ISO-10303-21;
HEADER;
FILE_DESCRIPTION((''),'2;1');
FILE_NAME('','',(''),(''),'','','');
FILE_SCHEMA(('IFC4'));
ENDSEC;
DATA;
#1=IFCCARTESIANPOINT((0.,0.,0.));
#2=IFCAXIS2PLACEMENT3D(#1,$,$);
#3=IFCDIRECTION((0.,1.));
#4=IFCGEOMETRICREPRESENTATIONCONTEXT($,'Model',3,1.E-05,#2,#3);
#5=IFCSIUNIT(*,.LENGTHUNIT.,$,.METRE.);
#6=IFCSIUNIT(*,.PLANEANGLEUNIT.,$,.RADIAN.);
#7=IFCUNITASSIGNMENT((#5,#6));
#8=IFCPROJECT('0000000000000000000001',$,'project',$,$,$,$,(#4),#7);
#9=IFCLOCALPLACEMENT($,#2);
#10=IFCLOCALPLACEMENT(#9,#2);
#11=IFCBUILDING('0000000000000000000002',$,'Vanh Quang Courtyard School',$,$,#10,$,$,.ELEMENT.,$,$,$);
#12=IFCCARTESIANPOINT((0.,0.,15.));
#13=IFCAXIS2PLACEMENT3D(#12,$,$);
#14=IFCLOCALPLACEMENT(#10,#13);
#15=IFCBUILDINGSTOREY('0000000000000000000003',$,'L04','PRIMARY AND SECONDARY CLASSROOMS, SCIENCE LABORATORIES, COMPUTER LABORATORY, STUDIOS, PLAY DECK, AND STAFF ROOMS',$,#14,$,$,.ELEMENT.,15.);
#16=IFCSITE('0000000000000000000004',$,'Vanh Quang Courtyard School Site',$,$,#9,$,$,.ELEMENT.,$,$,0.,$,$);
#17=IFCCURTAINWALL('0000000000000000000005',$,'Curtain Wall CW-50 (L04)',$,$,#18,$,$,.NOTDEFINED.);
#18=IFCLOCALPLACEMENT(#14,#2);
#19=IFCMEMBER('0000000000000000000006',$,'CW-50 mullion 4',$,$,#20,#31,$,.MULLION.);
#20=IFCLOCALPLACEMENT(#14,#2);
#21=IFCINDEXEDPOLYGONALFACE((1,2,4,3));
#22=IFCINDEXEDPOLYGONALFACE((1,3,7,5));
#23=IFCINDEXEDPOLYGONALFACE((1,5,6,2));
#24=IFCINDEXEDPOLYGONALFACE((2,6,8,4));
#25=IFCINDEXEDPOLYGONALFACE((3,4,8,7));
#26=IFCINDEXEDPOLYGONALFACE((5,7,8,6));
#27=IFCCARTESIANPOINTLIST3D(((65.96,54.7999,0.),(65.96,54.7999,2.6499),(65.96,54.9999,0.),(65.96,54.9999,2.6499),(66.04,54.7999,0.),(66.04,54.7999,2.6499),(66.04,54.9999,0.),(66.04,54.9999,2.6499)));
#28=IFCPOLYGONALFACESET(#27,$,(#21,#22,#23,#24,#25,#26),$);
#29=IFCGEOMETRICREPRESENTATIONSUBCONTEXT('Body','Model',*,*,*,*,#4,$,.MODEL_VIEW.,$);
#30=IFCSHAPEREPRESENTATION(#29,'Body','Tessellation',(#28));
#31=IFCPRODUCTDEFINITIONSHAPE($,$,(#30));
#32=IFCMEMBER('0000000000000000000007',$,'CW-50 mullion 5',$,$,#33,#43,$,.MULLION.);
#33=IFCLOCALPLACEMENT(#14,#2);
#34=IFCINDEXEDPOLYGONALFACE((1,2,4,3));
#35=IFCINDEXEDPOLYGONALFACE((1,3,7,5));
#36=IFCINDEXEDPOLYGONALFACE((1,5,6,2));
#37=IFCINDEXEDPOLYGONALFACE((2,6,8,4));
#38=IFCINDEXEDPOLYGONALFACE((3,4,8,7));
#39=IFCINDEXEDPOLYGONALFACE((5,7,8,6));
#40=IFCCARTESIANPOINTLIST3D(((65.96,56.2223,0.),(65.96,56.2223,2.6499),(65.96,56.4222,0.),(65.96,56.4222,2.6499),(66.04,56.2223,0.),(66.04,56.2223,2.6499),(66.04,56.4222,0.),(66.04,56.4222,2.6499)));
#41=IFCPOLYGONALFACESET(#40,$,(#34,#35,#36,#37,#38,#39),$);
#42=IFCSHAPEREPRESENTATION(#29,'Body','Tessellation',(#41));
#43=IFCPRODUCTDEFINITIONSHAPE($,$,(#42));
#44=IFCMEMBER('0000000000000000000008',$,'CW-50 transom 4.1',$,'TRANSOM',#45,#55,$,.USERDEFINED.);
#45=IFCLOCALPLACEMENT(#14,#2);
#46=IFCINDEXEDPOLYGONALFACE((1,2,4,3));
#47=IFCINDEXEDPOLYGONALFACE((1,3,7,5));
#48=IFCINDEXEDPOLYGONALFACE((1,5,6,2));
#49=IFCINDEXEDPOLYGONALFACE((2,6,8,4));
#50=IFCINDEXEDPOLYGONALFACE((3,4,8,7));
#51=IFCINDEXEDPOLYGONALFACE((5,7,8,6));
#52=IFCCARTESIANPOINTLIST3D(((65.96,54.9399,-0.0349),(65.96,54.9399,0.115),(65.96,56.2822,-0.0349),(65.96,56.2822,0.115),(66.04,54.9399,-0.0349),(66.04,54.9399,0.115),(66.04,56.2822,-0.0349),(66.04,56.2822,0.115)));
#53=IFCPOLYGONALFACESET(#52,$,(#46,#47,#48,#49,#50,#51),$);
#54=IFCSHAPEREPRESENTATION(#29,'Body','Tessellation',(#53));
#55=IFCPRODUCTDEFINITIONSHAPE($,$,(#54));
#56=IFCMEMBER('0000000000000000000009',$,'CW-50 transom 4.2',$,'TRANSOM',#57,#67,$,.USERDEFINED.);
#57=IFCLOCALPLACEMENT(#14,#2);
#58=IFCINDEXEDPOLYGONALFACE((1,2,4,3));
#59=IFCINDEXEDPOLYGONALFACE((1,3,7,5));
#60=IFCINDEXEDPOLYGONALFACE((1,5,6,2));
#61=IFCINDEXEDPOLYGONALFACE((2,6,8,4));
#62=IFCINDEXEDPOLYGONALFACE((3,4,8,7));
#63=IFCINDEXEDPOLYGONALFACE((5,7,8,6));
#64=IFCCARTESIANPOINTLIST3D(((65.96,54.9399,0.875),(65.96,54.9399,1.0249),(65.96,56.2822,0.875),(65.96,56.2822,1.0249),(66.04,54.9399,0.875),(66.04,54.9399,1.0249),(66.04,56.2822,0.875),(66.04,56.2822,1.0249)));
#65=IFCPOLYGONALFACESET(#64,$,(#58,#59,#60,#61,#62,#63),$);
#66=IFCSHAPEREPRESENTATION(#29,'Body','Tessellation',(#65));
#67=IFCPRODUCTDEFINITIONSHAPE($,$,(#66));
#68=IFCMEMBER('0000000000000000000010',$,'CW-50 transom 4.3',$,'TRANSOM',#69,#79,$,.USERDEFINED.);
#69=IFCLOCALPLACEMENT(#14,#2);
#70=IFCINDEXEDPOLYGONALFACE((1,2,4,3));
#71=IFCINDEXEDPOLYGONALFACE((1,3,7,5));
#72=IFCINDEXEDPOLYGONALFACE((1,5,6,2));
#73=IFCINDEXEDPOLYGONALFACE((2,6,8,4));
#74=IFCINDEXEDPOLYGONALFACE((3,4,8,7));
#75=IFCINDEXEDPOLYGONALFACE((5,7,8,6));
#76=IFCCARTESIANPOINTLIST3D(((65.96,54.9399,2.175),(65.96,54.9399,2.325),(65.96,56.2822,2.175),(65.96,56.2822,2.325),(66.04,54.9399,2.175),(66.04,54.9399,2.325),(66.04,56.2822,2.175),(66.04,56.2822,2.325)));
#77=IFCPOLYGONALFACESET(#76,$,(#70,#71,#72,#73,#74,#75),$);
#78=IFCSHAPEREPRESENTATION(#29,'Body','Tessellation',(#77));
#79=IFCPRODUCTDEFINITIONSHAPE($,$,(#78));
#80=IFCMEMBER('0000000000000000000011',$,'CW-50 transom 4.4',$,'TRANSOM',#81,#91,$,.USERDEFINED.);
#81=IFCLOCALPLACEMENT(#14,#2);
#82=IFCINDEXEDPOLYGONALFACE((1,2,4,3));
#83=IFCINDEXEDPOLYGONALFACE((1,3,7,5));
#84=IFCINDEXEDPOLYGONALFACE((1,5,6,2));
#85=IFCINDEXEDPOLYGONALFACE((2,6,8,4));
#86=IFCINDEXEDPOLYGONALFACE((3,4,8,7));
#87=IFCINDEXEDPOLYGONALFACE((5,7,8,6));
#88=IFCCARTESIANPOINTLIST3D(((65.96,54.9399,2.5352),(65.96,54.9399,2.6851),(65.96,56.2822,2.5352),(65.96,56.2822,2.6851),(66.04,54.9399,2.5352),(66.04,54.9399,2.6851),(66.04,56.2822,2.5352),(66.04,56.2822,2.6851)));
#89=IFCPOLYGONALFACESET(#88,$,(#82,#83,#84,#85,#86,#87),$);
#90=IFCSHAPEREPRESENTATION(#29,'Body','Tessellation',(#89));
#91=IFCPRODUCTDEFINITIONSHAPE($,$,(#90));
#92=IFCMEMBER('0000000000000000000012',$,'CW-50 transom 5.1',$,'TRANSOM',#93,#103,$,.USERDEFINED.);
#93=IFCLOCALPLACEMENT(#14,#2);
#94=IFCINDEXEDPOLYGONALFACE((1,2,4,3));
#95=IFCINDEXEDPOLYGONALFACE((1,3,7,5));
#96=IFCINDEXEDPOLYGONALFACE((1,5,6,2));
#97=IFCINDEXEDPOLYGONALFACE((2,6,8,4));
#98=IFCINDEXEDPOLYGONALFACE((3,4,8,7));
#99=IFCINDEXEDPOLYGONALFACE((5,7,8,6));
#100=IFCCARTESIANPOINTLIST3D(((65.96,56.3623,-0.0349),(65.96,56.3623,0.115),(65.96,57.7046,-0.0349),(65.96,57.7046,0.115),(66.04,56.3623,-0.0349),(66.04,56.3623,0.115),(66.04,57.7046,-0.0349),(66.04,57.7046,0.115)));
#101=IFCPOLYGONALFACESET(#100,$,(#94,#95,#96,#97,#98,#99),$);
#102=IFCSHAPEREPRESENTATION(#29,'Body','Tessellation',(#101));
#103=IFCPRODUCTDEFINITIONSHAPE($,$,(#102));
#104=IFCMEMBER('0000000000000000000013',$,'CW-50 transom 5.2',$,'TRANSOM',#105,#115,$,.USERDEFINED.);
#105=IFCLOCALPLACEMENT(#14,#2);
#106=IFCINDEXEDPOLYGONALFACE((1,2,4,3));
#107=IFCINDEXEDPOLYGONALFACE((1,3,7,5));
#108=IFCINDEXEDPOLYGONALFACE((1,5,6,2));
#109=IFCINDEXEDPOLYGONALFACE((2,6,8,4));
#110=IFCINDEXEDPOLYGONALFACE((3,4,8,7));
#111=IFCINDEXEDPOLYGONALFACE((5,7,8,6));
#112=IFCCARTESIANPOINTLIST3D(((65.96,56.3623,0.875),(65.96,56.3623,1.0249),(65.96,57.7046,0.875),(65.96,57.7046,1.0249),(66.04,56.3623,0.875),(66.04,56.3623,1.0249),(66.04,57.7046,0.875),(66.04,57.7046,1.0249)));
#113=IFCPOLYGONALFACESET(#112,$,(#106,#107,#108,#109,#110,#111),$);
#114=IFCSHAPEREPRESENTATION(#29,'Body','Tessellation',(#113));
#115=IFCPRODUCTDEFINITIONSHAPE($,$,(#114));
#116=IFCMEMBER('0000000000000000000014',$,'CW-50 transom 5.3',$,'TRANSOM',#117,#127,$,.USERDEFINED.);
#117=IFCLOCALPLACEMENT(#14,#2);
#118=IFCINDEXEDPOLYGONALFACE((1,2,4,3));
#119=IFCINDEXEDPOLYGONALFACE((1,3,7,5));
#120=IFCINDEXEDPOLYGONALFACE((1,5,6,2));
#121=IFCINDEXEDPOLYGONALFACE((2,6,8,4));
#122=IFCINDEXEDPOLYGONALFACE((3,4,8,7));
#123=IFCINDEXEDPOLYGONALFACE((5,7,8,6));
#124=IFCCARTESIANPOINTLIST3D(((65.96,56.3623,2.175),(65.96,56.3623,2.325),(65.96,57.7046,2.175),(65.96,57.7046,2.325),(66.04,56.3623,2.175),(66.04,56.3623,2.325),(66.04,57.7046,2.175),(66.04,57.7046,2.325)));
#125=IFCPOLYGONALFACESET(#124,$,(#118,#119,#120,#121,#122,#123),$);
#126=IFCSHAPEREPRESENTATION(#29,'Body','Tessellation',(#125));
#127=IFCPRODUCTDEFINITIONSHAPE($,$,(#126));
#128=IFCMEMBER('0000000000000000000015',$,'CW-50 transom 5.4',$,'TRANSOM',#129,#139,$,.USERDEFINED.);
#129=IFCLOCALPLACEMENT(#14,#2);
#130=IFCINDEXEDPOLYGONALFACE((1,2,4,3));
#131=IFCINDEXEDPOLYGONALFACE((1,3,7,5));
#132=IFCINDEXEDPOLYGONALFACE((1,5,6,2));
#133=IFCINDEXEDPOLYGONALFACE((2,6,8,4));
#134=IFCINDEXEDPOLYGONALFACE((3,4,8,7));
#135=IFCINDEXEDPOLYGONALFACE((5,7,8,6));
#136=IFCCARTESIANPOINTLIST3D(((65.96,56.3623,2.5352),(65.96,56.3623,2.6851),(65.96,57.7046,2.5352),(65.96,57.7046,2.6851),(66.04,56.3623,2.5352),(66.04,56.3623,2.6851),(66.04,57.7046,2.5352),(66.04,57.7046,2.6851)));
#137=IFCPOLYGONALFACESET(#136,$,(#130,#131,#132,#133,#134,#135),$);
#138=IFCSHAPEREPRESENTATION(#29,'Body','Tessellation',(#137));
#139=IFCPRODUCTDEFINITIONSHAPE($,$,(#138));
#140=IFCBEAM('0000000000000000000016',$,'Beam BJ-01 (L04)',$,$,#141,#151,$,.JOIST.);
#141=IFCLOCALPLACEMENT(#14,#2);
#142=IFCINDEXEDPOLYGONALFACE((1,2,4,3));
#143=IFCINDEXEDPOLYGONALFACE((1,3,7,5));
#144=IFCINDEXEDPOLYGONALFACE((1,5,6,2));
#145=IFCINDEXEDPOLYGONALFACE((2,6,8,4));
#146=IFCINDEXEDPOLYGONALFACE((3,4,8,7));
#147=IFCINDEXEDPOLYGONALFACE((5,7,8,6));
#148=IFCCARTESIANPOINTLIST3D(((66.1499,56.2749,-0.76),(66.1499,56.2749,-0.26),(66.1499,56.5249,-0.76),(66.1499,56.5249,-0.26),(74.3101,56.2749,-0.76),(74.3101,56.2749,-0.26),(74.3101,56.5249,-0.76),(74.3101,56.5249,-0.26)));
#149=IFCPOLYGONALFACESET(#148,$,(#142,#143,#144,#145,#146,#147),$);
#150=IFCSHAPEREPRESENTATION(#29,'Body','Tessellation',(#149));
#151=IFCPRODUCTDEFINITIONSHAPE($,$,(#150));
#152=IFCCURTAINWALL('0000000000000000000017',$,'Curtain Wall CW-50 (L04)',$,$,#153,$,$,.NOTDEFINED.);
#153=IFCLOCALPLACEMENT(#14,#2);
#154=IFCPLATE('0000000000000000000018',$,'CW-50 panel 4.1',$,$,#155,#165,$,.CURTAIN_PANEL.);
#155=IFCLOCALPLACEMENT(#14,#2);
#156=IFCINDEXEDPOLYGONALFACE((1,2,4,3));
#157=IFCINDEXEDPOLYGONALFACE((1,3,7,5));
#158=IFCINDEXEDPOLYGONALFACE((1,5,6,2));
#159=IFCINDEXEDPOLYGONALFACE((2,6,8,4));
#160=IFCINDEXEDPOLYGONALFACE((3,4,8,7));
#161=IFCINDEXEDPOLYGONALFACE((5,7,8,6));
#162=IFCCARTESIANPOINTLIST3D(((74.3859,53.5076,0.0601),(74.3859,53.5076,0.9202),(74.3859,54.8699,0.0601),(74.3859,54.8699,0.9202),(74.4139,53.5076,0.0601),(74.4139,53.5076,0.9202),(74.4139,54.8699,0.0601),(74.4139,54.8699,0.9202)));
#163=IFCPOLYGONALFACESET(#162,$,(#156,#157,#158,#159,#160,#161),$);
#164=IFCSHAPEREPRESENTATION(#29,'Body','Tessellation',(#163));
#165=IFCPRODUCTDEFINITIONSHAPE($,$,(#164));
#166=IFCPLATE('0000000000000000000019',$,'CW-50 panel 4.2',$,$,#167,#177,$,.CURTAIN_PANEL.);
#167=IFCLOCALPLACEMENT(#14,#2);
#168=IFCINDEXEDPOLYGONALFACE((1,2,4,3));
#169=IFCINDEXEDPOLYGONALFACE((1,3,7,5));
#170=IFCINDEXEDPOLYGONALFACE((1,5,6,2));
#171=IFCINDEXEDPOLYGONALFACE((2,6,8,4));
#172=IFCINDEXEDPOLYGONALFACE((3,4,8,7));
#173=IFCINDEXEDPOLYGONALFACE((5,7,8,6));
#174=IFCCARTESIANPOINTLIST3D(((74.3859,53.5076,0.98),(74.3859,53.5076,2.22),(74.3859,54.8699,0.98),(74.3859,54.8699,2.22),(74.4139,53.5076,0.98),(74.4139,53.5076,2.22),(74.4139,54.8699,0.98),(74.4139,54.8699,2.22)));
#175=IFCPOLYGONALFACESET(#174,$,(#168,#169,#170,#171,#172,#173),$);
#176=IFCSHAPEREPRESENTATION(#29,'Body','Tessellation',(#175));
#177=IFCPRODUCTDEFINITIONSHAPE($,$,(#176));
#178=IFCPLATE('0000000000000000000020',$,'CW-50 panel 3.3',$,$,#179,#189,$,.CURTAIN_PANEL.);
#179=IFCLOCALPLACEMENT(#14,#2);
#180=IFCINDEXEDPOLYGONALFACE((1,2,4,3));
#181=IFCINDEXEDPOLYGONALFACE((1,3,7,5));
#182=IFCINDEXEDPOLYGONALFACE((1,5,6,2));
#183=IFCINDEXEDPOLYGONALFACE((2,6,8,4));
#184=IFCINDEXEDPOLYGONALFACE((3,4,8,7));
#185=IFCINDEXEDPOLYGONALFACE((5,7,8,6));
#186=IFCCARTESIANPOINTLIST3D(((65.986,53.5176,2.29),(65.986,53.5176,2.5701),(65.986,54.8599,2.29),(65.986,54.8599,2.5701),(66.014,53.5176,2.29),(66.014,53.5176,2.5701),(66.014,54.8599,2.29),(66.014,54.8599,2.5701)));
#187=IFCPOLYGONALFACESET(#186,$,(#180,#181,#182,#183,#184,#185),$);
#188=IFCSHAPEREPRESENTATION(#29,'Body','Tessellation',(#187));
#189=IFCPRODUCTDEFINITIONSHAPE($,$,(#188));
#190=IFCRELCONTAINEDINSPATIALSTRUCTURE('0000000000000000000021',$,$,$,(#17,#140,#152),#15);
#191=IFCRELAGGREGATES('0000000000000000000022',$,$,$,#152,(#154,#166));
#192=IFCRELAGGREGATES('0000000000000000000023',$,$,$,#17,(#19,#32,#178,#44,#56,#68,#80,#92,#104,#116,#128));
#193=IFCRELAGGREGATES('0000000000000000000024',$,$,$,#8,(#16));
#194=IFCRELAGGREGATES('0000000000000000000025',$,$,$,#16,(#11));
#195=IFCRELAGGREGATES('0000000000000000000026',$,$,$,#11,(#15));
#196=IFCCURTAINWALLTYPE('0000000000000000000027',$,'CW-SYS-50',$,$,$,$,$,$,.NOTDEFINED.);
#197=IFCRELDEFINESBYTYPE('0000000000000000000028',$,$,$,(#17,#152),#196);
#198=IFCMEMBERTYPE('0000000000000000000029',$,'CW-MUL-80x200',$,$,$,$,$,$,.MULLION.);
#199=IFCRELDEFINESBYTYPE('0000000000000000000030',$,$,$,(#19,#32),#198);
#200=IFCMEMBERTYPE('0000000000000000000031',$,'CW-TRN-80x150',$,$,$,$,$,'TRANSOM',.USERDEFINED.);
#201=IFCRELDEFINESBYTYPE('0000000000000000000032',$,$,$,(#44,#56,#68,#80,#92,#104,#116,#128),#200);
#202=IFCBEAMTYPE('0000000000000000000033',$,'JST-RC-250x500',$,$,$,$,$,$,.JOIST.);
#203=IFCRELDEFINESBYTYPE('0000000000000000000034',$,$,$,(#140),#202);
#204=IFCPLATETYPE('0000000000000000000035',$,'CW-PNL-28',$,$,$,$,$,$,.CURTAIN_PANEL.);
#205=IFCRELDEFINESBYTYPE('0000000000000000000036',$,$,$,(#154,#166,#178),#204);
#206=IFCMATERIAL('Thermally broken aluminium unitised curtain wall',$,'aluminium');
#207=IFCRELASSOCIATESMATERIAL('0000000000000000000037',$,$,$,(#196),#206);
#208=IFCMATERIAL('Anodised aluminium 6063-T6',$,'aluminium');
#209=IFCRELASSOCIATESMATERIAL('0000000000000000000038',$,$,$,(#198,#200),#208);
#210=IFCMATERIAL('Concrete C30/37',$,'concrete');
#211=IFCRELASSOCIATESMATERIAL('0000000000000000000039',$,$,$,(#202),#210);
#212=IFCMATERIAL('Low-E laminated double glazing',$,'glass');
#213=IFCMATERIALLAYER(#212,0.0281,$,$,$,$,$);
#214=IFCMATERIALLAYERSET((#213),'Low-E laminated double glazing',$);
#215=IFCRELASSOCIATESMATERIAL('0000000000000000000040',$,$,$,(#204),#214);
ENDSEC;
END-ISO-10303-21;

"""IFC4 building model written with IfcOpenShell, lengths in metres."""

from ifc_helpers import new_model, si_unit, direction, frame, origin, origin_2d, place, context, subcontext, project, spatial, rectangle, extrude, material, layer, layer_set, material_profile, profile_set, type_object, element, aggregate, save


model = new_model("IFC4")

# Units and contexts
model_context = context("Model", 3, precision=1e-05, world=origin(), true_north=direction((0.0, 1.0)))
body_context = subcontext(model_context, "Body", "Model", "MODEL_VIEW")
ifc_project = project(units=[si_unit("LENGTHUNIT", "METRE"), si_unit("PLANEANGLEUNIT", "RADIAN")], contexts=[model_context])

# Site, building, storey
site_placement = place(None, origin())
site = spatial("IfcSite", under=ifc_project, at=site_placement, Name="Vanh Quang Courtyard School Site", CompositionType="ELEMENT", RefElevation=0.0)
building_placement = place(site_placement, origin())
building = spatial("IfcBuilding", under=site, at=building_placement, Name="Vanh Quang Courtyard School", CompositionType="ELEMENT")
storey_placement = place(building_placement, frame((0.0, 0.0, 15.0)))
storey = spatial("IfcBuildingStorey", under=building, at=storey_placement, Name="L04", Description="PRIMARY AND SECONDARY CLASSROOMS, SCIENCE LABORATORIES, COMPUTER LABORATORY, STUDIOS, PLAY DECK, AND STAFF ROOMS", CompositionType="ELEMENT", Elevation=15.0)

# Curtain wall, members
ifc_material_1 = material(Name="Thermally broken aluminium unitised curtain wall", Category="aluminium")
curtain_wall_type = type_object("IfcCurtainWallType", Name="CW-SYS-50", PredefinedType="NOTDEFINED", material=ifc_material_1)
curtain_wall_1_placement = place(storey_placement, origin())
curtain_wall_1 = element("IfcCurtainWall", 1, at=curtain_wall_1_placement, inside=storey, type_object=curtain_wall_type, Name="Curtain Wall CW-50 (L04)", PredefinedType="NOTDEFINED")
ifc_material_2 = material(Name="Anodised aluminium 6063-T6", Category="aluminium")
ifc_material_profile_1 = material_profile(ifc_material_2, rectangle(XDim=0.0801, YDim=0.2, at=origin_2d()), Name="ALU-MUL 80x200")
ifc_profile_set_1 = profile_set([ifc_material_profile_1], Name="Anodised aluminium 6063-T6")
member_type_1 = type_object("IfcMemberType", Name="CW-MUL-80x200", PredefinedType="MULLION", material=ifc_profile_set_1)
member_1_placement = place(storey_placement, frame((66.0, 54.8999, 0.0), z_axis=(0.0, 0.0, 1.0), x_axis=(-1.0, 0.0, 0.0)))
member_1 = element("IfcMember", 2, at=member_1_placement, type_object=member_type_1, Name="CW-50 mullion 4", PredefinedType="MULLION", context=body_context, shape_type="SweptSolid", body=[
    extrude(rectangle(XDim=0.0801, YDim=0.2, at=origin_2d()), origin(), (0.0, 0.0, 1.0), 2.6499),
])
member_2_placement = place(storey_placement, frame((66.0, 56.3223, 0.0), z_axis=(0.0, 0.0, 1.0), x_axis=(-1.0, 0.0, 0.0)))
member_2 = element("IfcMember", 3, at=member_2_placement, type_object=member_type_1, Name="CW-50 mullion 5", PredefinedType="MULLION", context=body_context, shape_type="SweptSolid", body=[
    extrude(rectangle(XDim=0.0801, YDim=0.2, at=origin_2d()), origin(), (0.0, 0.0, 1.0), 2.6499),
])
ifc_material_profile_2 = material_profile(ifc_material_2, rectangle(XDim=0.0801, YDim=0.1499, at=origin_2d()), Name="ALU-TRN 80x150")
ifc_profile_set_2 = profile_set([ifc_material_profile_2], Name="Anodised aluminium 6063-T6")
member_type_2 = type_object("IfcMemberType", Name="CW-TRN-80x150", ElementType="TRANSOM", PredefinedType="USERDEFINED", material=ifc_profile_set_2)
member_3_placement = place(storey_placement, frame((66.0, 54.9399, 0.04), z_axis=(0.0, 1.0, 0.0), x_axis=(-1.0, 0.0, 0.0)))
member_3 = element("IfcMember", 4, at=member_3_placement, type_object=member_type_2, Name="CW-50 transom 4.1", ObjectType="TRANSOM", PredefinedType="USERDEFINED", context=body_context, shape_type="SweptSolid", body=[
    extrude(rectangle(XDim=0.0801, YDim=0.1499, at=origin_2d()), origin(), (0.0, 0.0, 1.0), 1.3423),
])
member_4_placement = place(storey_placement, frame((66.0, 54.9399, 0.95), z_axis=(0.0, 1.0, 0.0), x_axis=(-1.0, 0.0, 0.0)))
member_4 = element("IfcMember", 5, at=member_4_placement, type_object=member_type_2, Name="CW-50 transom 4.2", ObjectType="TRANSOM", PredefinedType="USERDEFINED", context=body_context, shape_type="SweptSolid", body=[
    extrude(rectangle(XDim=0.0801, YDim=0.1499, at=origin_2d()), origin(), (0.0, 0.0, 1.0), 1.3423),
])
member_5_placement = place(storey_placement, frame((66.0, 54.9399, 2.25), z_axis=(0.0, 1.0, 0.0), x_axis=(-1.0, 0.0, 0.0)))
member_5 = element("IfcMember", 6, at=member_5_placement, type_object=member_type_2, Name="CW-50 transom 4.3", ObjectType="TRANSOM", PredefinedType="USERDEFINED", context=body_context, shape_type="SweptSolid", body=[
    extrude(rectangle(XDim=0.0801, YDim=0.1499, at=origin_2d()), origin(), (0.0, 0.0, 1.0), 1.3423),
])
member_6_placement = place(storey_placement, frame((66.0, 54.9399, 2.6101), z_axis=(0.0, 1.0, 0.0), x_axis=(-1.0, 0.0, 0.0)))
member_6 = element("IfcMember", 7, at=member_6_placement, type_object=member_type_2, Name="CW-50 transom 4.4", ObjectType="TRANSOM", PredefinedType="USERDEFINED", context=body_context, shape_type="SweptSolid", body=[
    extrude(rectangle(XDim=0.0801, YDim=0.1499, at=origin_2d()), origin(), (0.0, 0.0, 1.0), 1.3423),
])
member_7_placement = place(storey_placement, frame((66.0, 56.3623, 0.04), z_axis=(0.0, 1.0, 0.0), x_axis=(-1.0, 0.0, 0.0)))
member_7 = element("IfcMember", 8, at=member_7_placement, type_object=member_type_2, Name="CW-50 transom 5.1", ObjectType="TRANSOM", PredefinedType="USERDEFINED", context=body_context, shape_type="SweptSolid", body=[
    extrude(rectangle(XDim=0.0801, YDim=0.1499, at=origin_2d()), origin(), (0.0, 0.0, 1.0), 1.3423),
])
member_8_placement = place(storey_placement, frame((66.0, 56.3623, 0.95), z_axis=(0.0, 1.0, 0.0), x_axis=(-1.0, 0.0, 0.0)))
member_8 = element("IfcMember", 9, at=member_8_placement, type_object=member_type_2, Name="CW-50 transom 5.2", ObjectType="TRANSOM", PredefinedType="USERDEFINED", context=body_context, shape_type="SweptSolid", body=[
    extrude(rectangle(XDim=0.0801, YDim=0.1499, at=origin_2d()), origin(), (0.0, 0.0, 1.0), 1.3423),
])
member_9_placement = place(storey_placement, frame((66.0, 56.3623, 2.25), z_axis=(0.0, 1.0, 0.0), x_axis=(-1.0, 0.0, 0.0)))
member_9 = element("IfcMember", 10, at=member_9_placement, type_object=member_type_2, Name="CW-50 transom 5.3", ObjectType="TRANSOM", PredefinedType="USERDEFINED", context=body_context, shape_type="SweptSolid", body=[
    extrude(rectangle(XDim=0.0801, YDim=0.1499, at=origin_2d()), origin(), (0.0, 0.0, 1.0), 1.3423),
])
member_10_placement = place(storey_placement, frame((66.0, 56.3623, 2.6101), z_axis=(0.0, 1.0, 0.0), x_axis=(-1.0, 0.0, 0.0)))
member_10 = element("IfcMember", 11, at=member_10_placement, type_object=member_type_2, Name="CW-50 transom 5.4", ObjectType="TRANSOM", PredefinedType="USERDEFINED", context=body_context, shape_type="SweptSolid", body=[
    extrude(rectangle(XDim=0.0801, YDim=0.1499, at=origin_2d()), origin(), (0.0, 0.0, 1.0), 1.3423),
])

# Beam
ifc_material_3 = material(Name="Concrete C30/37", Category="concrete")
ifc_material_profile_3 = material_profile(ifc_material_3, rectangle(XDim=0.25, YDim=0.5, at=origin_2d()), Name="RC-JST 250x500")
ifc_profile_set_3 = profile_set([ifc_material_profile_3], Name="Concrete C30/37")
beam_type = type_object("IfcBeamType", Name="JST-RC-250x500", PredefinedType="JOIST", material=ifc_profile_set_3)
beam_placement = place(storey_placement, frame((66.1499, 56.3999, -0.51), z_axis=(1.0, 0.0, 0.0), x_axis=(0.0, 1.0, 0.0)))
element("IfcBeam", 12, at=beam_placement, inside=storey, type_object=beam_type, Name="Beam BJ-01 (L04)", PredefinedType="JOIST", context=body_context, shape_type="SweptSolid", body=[
    extrude(rectangle(XDim=0.25, YDim=0.5, at=origin_2d()), origin(), (0.0, 0.0, 1.0), 8.1602),
])

# Curtain wall, plates
curtain_wall_2_placement = place(storey_placement, origin())
curtain_wall_2 = element("IfcCurtainWall", 13, at=curtain_wall_2_placement, inside=storey, type_object=curtain_wall_type, Name="Curtain Wall CW-50 (L04)", PredefinedType="NOTDEFINED")
ifc_material_4 = material(Name="Low-E laminated double glazing", Category="glass")
ifc_layer = layer(ifc_material_4, 0.0281)
ifc_layer_set = layer_set([ifc_layer], Name="Low-E laminated double glazing")
plate_type = type_object("IfcPlateType", Name="CW-PNL-28", PredefinedType="CURTAIN_PANEL", material=ifc_layer_set)
plate_1_placement = place(storey_placement, frame((74.3999, 54.1887, 0.0601), z_axis=(0.0, 0.0, 1.0), x_axis=(0.0, -1.0, 0.0)))
plate_1 = element("IfcPlate", 14, at=plate_1_placement, type_object=plate_type, Name="CW-50 panel 4.1", PredefinedType="CURTAIN_PANEL", context=body_context, shape_type="SweptSolid", body=[
    extrude(rectangle(XDim=1.3623, YDim=0.0281, at=origin_2d()), origin(), (0.0, 0.0, 1.0), 0.8601),
])
plate_2_placement = place(storey_placement, frame((74.3999, 54.1887, 0.98), z_axis=(0.0, 0.0, 1.0), x_axis=(0.0, -1.0, 0.0)))
plate_2 = element("IfcPlate", 15, at=plate_2_placement, type_object=plate_type, Name="CW-50 panel 4.2", PredefinedType="CURTAIN_PANEL", context=body_context, shape_type="SweptSolid", body=[
    extrude(rectangle(XDim=1.3623, YDim=0.0281, at=origin_2d()), origin(), (0.0, 0.0, 1.0), 1.24),
])
aggregate(curtain_wall_2, [plate_1, plate_2])

# Plate
plate_3_placement = place(storey_placement, frame((66.0, 54.1887, 2.29), z_axis=(0.0, 0.0, 1.0), x_axis=(0.0, 1.0, 0.0)))
plate_3 = element("IfcPlate", 16, at=plate_3_placement, type_object=plate_type, Name="CW-50 panel 3.3", PredefinedType="CURTAIN_PANEL", context=body_context, shape_type="SweptSolid", body=[
    extrude(rectangle(XDim=1.3423, YDim=0.0281, at=origin_2d()), origin(), (0.0, 0.0, 1.0), 0.28),
])
aggregate(curtain_wall_1, [member_1, member_2, plate_3, member_3, member_4, member_5, member_6, member_7, member_8, member_9, member_10])

save(model, "model.ifc")
